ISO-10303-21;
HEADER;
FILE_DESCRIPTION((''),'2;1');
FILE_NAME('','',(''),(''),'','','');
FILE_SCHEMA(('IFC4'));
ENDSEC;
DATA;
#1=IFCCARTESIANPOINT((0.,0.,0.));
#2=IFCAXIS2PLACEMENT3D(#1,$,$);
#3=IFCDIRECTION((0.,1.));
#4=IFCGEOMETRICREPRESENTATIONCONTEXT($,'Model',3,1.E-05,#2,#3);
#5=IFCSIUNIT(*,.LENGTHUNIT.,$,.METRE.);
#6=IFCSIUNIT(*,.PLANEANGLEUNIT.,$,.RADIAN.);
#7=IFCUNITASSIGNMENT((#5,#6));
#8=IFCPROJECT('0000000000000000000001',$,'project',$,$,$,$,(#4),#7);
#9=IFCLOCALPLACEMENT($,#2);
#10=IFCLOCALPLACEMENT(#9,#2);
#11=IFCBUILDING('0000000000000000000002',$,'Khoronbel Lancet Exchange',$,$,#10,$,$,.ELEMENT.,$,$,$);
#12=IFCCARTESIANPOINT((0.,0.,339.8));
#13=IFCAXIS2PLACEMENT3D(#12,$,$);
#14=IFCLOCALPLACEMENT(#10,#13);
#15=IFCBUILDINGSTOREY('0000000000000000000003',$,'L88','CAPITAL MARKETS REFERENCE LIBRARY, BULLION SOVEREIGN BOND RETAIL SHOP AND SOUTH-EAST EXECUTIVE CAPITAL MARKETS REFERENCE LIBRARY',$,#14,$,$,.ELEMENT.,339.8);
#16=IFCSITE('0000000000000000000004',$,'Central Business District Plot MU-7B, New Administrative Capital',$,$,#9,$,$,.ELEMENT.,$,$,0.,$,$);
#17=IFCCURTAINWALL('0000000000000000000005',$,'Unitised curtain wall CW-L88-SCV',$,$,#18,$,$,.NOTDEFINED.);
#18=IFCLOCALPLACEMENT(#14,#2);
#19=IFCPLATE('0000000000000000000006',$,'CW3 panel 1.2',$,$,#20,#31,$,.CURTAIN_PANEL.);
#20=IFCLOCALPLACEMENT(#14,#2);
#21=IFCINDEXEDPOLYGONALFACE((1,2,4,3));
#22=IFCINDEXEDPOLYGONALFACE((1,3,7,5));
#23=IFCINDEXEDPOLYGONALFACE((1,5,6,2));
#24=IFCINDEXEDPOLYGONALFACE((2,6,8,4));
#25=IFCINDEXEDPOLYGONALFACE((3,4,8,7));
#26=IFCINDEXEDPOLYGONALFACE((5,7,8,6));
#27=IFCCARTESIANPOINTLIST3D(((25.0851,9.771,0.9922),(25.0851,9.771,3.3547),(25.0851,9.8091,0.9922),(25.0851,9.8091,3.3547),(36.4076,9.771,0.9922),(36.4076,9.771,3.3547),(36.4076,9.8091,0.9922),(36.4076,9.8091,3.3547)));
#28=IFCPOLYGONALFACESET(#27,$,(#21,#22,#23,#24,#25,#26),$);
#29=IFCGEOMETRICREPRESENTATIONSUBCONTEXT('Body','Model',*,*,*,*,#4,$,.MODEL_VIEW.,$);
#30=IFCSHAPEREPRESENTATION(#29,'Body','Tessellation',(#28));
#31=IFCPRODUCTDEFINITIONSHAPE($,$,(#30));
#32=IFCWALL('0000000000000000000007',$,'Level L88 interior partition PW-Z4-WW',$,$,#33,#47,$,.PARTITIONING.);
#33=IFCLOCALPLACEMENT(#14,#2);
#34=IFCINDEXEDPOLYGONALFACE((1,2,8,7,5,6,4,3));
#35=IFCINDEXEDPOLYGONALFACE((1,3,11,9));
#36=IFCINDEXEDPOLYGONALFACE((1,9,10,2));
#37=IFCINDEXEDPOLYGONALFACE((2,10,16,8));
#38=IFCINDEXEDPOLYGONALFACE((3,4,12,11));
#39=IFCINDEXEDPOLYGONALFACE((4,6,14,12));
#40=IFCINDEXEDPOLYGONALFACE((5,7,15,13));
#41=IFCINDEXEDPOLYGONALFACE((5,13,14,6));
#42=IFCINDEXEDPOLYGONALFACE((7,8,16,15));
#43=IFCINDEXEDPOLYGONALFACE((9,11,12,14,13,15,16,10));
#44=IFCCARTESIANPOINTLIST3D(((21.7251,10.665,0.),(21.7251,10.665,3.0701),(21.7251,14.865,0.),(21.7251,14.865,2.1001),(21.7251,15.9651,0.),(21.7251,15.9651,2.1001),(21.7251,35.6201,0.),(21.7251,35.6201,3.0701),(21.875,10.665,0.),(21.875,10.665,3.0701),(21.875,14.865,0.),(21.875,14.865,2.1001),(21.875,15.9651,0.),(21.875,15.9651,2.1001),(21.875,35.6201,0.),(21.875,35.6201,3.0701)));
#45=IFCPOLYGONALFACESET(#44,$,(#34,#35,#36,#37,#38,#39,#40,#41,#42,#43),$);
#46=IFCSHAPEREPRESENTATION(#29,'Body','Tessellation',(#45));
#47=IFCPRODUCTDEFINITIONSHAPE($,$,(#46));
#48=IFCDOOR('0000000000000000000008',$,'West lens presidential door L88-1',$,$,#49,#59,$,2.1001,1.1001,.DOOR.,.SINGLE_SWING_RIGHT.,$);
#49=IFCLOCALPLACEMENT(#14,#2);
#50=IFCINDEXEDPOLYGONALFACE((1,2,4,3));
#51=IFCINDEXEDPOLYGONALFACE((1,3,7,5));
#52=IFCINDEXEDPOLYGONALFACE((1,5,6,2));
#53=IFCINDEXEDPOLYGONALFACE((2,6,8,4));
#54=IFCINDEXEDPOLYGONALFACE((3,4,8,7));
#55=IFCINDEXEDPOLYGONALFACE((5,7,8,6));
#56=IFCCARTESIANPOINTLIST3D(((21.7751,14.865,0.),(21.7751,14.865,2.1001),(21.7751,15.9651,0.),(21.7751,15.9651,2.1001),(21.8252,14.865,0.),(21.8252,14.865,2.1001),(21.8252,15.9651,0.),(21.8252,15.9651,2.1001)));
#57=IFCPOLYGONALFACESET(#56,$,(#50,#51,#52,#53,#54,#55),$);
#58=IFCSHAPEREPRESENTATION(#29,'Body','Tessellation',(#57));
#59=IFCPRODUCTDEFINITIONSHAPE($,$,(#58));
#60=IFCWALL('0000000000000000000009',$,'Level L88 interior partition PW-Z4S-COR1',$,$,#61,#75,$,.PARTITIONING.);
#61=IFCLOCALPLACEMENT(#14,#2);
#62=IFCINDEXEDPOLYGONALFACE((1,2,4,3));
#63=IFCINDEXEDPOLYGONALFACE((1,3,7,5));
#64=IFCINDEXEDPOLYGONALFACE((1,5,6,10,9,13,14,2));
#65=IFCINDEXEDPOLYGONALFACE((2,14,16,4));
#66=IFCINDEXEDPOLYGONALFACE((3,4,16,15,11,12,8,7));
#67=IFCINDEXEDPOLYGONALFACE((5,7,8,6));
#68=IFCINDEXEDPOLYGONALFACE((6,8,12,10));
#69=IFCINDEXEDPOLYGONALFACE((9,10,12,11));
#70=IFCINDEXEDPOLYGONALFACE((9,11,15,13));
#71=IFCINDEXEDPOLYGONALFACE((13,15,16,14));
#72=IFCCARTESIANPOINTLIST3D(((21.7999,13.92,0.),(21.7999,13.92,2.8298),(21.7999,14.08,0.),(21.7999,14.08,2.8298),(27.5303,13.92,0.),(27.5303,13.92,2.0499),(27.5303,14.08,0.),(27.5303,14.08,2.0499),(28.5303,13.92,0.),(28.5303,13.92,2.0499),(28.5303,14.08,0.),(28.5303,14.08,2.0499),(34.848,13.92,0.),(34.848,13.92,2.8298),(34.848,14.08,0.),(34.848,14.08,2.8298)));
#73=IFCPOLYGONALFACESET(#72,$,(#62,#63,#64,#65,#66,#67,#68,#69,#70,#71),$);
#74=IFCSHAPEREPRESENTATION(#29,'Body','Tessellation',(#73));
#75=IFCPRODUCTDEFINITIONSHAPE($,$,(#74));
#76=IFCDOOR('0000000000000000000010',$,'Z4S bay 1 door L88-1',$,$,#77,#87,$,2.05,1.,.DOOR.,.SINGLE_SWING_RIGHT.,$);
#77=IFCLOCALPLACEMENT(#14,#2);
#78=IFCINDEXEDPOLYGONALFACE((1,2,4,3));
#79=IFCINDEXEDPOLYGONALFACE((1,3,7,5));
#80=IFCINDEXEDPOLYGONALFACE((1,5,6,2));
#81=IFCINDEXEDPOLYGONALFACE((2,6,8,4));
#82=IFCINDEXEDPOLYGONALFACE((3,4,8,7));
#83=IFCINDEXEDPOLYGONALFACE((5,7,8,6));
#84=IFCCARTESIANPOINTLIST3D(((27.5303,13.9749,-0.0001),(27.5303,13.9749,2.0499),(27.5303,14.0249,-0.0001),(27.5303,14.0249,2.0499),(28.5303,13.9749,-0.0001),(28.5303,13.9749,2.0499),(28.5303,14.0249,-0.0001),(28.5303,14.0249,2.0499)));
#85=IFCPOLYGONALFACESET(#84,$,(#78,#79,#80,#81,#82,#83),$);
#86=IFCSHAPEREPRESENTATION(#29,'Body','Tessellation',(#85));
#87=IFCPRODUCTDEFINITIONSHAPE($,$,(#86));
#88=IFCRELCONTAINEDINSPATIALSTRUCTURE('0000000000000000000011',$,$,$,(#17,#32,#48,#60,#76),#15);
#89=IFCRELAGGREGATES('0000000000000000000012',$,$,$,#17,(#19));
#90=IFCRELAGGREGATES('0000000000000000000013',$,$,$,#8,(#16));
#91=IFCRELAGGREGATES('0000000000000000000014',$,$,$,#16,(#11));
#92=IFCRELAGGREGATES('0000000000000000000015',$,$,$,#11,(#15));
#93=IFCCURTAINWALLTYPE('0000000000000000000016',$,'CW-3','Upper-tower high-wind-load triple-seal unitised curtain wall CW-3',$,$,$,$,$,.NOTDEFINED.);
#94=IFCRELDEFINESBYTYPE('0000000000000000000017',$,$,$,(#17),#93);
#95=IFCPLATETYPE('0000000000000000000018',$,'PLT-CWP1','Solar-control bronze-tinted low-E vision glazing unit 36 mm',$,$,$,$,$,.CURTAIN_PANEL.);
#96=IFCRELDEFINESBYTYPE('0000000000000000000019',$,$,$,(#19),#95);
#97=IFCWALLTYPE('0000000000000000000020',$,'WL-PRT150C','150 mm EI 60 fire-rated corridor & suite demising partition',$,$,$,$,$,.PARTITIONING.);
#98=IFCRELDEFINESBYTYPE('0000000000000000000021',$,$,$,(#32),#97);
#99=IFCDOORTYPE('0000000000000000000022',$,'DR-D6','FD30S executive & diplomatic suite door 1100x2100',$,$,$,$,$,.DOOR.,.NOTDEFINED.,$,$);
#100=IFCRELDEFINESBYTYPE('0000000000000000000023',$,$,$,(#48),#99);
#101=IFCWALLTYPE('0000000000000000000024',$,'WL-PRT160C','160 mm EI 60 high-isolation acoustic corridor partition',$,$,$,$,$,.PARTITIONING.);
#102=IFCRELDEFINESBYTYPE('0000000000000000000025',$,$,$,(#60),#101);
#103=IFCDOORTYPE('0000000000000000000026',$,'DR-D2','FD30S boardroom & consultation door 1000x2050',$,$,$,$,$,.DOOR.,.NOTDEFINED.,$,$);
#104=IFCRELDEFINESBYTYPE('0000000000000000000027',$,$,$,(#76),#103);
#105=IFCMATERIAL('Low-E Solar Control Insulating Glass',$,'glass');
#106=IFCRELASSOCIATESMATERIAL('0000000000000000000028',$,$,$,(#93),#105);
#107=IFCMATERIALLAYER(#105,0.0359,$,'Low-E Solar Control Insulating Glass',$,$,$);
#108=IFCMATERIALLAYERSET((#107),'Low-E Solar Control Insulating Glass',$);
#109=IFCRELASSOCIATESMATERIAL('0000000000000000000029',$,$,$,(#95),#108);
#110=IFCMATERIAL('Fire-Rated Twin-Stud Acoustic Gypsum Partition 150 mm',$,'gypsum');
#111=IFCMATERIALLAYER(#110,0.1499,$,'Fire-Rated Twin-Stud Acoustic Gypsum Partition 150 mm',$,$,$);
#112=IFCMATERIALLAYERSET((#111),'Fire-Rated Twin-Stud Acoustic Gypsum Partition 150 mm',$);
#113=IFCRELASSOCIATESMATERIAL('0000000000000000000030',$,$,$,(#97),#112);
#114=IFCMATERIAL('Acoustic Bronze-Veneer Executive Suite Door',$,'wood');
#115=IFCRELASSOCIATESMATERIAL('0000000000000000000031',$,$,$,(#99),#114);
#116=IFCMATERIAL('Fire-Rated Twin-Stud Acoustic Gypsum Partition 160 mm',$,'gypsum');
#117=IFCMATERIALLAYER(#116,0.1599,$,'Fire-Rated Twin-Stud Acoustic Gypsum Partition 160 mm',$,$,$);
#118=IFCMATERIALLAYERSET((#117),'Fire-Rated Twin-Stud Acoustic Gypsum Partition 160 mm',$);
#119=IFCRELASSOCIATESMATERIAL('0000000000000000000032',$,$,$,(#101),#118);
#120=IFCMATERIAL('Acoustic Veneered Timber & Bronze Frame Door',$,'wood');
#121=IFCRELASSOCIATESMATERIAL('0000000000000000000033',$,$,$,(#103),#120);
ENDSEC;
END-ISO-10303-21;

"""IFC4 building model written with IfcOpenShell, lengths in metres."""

from ifc_helpers import new_model, si_unit, direction, frame, frame_2d, origin, origin_2d, place, context, subcontext, project, spatial, rectangle, extrude, material, layer, layer_set, type_object, element, fill, aggregate, save


model = new_model("IFC4")

# Units and contexts
model_context = context("Model", 3, precision=1e-05, world=origin(), true_north=direction((0.0, 1.0)))
body_context = subcontext(model_context, "Body", "Model", "MODEL_VIEW")
ifc_project = project(units=[si_unit("LENGTHUNIT", "METRE"), si_unit("PLANEANGLEUNIT", "RADIAN")], contexts=[model_context])

# Site, building, storey
site_placement = place(None, origin())
site = spatial("IfcSite", under=ifc_project, at=site_placement, Name="Central Business District Plot MU-7B, New Administrative Capital", CompositionType="ELEMENT", RefElevation=0.0)
building_placement = place(site_placement, origin())
building = spatial("IfcBuilding", under=site, at=building_placement, Name="Khoronbel Lancet Exchange", CompositionType="ELEMENT")
storey_placement = place(building_placement, frame((0.0, 0.0, 339.8)))
storey = spatial("IfcBuildingStorey", under=building, at=storey_placement, Name="L88", Description="CAPITAL MARKETS REFERENCE LIBRARY, BULLION SOVEREIGN BOND RETAIL SHOP AND SOUTH-EAST EXECUTIVE CAPITAL MARKETS REFERENCE LIBRARY", CompositionType="ELEMENT", Elevation=339.8)

# Curtain wall
ifc_material_1 = material(Name="Low-E Solar Control Insulating Glass", Category="glass")
curtain_wall_type = type_object("IfcCurtainWallType", Name="CW-3", Description="Upper-tower high-wind-load triple-seal unitised curtain wall CW-3", PredefinedType="NOTDEFINED", material=ifc_material_1)
curtain_wall_1_placement = place(storey_placement, origin())
curtain_wall_1 = element("IfcCurtainWall", 1, at=curtain_wall_1_placement, inside=storey, type_object=curtain_wall_type, Name="Unitised curtain wall CW-L88-SCV", PredefinedType="NOTDEFINED")

# Plate
ifc_layer_1 = layer(ifc_material_1, 0.0359, Name="Low-E Solar Control Insulating Glass")
ifc_layer_set_1 = layer_set([ifc_layer_1], Name="Low-E Solar Control Insulating Glass")
plate_type_1 = type_object("IfcPlateType", Name="PLT-CWP1", Description="Solar-control bronze-tinted low-E vision glazing unit 36 mm", PredefinedType="CURTAIN_PANEL", material=ifc_layer_set_1)
plate_1_placement = place(storey_placement, frame((30.7463, 9.79, 0.9922), z_axis=(0.0, 0.0, 1.0), x_axis=(1.0, 0.0, 0.0)))
plate_1 = element("IfcPlate", 2, at=plate_1_placement, type_object=plate_type_1, Name="CW3 panel 1.2", PredefinedType="CURTAIN_PANEL", context=body_context, shape_type="SweptSolid", body=[
    extrude(rectangle(XDim=11.3225, YDim=0.0381, at=origin_2d()), origin(), (0.0, 0.0, 1.0), 2.3625),
])
aggregate(curtain_wall_1, [plate_1])

# Walls, openings, doors
ifc_material_2 = material(Name="Fire-Rated Twin-Stud Acoustic Gypsum Partition 150 mm", Category="gypsum")
ifc_layer_2 = layer(ifc_material_2, 0.1499, Name="Fire-Rated Twin-Stud Acoustic Gypsum Partition 150 mm")
ifc_layer_set_2 = layer_set([ifc_layer_2], Name="Fire-Rated Twin-Stud Acoustic Gypsum Partition 150 mm")
wall_type_1 = type_object("IfcWallType", Name="WL-PRT150C", Description="150 mm EI 60 fire-rated corridor & suite demising partition", PredefinedType="PARTITIONING", material=ifc_layer_set_2)
wall_1_placement = place(storey_placement, frame((21.8, 10.665, 0.0), z_axis=(0.0, 0.0, 1.0), x_axis=(0.0, 1.0, 0.0)))
wall_1 = element("IfcWall", 3, at=wall_1_placement, inside=storey, type_object=wall_type_1, Name="Level L88 interior partition PW-Z4-WW", PredefinedType="PARTITIONING", context=body_context, shape_type="SweptSolid", body=[
    extrude(rectangle(XDim=24.9551, YDim=0.1499, at=frame_2d((12.4775, 0.0))), origin(), (0.0, 0.0, 1.0), 3.0701),
])
opening_1_placement = place(wall_1_placement, frame((4.2, 0.0, 0.0)))
opening_1 = element("IfcOpeningElement", 4, at=opening_1_placement, cuts=wall_1, PredefinedType="OPENING", context=body_context, shape_type="SweptSolid", body=[
    extrude(rectangle(XDim=1.1001, YDim=2.1001, at=frame_2d((0.55, 1.05))), frame((0.0, 0.085, 0.0), z_axis=(0.0, -1.0, 0.0), x_axis=(1.0, 0.0, 0.0)), (0.0, 0.0, 1.0), 0.1699),
])
ifc_material_3 = material(Name="Acoustic Bronze-Veneer Executive Suite Door", Category="wood")
door_type_1 = type_object("IfcDoorType", Name="DR-D6", Description="FD30S executive & diplomatic suite door 1100x2100", OperationType="NOTDEFINED", PredefinedType="DOOR", material=ifc_material_3)
door_1_placement = place(opening_1_placement, origin())
door_1 = element("IfcDoor", 5, at=door_1_placement, inside=storey, type_object=door_type_1, Name="West lens presidential door L88-1", OperationType="SINGLE_SWING_RIGHT", OverallHeight=2.1001, OverallWidth=1.1001, PredefinedType="DOOR", context=body_context, shape_type="SweptSolid", body=[
    extrude(rectangle(XDim=1.1001, YDim=2.1001, at=frame_2d((0.55, 1.05))), frame((0.0, 0.0249, 0.0), z_axis=(0.0, -1.0, 0.0), x_axis=(1.0, 0.0, 0.0)), (0.0, 0.0, 1.0), 0.05),
])
fill(opening_1, door_1)
ifc_material_4 = material(Name="Fire-Rated Twin-Stud Acoustic Gypsum Partition 160 mm", Category="gypsum")
ifc_layer_3 = layer(ifc_material_4, 0.1599, Name="Fire-Rated Twin-Stud Acoustic Gypsum Partition 160 mm")
ifc_layer_set_3 = layer_set([ifc_layer_3], Name="Fire-Rated Twin-Stud Acoustic Gypsum Partition 160 mm")
wall_type_2 = type_object("IfcWallType", Name="WL-PRT160C", Description="160 mm EI 60 high-isolation acoustic corridor partition", PredefinedType="PARTITIONING", material=ifc_layer_set_3)
wall_2_placement = place(storey_placement, frame((21.8, 14.0, 0.0), z_axis=(0.0, 0.0, 1.0), x_axis=(1.0, 0.0, 0.0)))
wall_2 = element("IfcWall", 6, at=wall_2_placement, inside=storey, type_object=wall_type_2, Name="Level L88 interior partition PW-Z4S-COR1", PredefinedType="PARTITIONING", context=body_context, shape_type="SweptSolid", body=[
    extrude(rectangle(XDim=13.0481, YDim=0.1599, at=frame_2d((6.5239, 0.0))), origin(), (0.0, 0.0, 1.0), 2.8298),
])
opening_2_placement = place(wall_2_placement, frame((5.7302, 0.0, 0.0)))
opening_2 = element("IfcOpeningElement", 7, at=opening_2_placement, cuts=wall_2, PredefinedType="OPENING", context=body_context, shape_type="SweptSolid", body=[
    extrude(rectangle(XDim=1.0, YDim=2.05, at=frame_2d((0.5, 1.0249))), frame((0.0, 0.0898, 0.0), z_axis=(0.0, -1.0, 0.0), x_axis=(1.0, 0.0, 0.0)), (0.0, 0.0, 1.0), 0.1799),
])
ifc_material_5 = material(Name="Acoustic Veneered Timber & Bronze Frame Door", Category="wood")
door_type_2 = type_object("IfcDoorType", Name="DR-D2", Description="FD30S boardroom & consultation door 1000x2050", OperationType="NOTDEFINED", PredefinedType="DOOR", material=ifc_material_5)
door_2_placement = place(opening_2_placement, origin())
door_2 = element("IfcDoor", 8, at=door_2_placement, inside=storey, type_object=door_type_2, Name="Z4S bay 1 door L88-1", OperationType="SINGLE_SWING_RIGHT", OverallHeight=2.05, OverallWidth=1.0, PredefinedType="DOOR", context=body_context, shape_type="SweptSolid", body=[
    extrude(rectangle(XDim=1.0, YDim=2.05, at=frame_2d((0.5, 1.0249))), frame((0.0, 0.0249, 0.0), z_axis=(0.0, -1.0, 0.0), x_axis=(1.0, 0.0, 0.0)), (0.0, 0.0, 1.0), 0.05),
])
fill(opening_2, door_2)

save(model, "model.ifc")
